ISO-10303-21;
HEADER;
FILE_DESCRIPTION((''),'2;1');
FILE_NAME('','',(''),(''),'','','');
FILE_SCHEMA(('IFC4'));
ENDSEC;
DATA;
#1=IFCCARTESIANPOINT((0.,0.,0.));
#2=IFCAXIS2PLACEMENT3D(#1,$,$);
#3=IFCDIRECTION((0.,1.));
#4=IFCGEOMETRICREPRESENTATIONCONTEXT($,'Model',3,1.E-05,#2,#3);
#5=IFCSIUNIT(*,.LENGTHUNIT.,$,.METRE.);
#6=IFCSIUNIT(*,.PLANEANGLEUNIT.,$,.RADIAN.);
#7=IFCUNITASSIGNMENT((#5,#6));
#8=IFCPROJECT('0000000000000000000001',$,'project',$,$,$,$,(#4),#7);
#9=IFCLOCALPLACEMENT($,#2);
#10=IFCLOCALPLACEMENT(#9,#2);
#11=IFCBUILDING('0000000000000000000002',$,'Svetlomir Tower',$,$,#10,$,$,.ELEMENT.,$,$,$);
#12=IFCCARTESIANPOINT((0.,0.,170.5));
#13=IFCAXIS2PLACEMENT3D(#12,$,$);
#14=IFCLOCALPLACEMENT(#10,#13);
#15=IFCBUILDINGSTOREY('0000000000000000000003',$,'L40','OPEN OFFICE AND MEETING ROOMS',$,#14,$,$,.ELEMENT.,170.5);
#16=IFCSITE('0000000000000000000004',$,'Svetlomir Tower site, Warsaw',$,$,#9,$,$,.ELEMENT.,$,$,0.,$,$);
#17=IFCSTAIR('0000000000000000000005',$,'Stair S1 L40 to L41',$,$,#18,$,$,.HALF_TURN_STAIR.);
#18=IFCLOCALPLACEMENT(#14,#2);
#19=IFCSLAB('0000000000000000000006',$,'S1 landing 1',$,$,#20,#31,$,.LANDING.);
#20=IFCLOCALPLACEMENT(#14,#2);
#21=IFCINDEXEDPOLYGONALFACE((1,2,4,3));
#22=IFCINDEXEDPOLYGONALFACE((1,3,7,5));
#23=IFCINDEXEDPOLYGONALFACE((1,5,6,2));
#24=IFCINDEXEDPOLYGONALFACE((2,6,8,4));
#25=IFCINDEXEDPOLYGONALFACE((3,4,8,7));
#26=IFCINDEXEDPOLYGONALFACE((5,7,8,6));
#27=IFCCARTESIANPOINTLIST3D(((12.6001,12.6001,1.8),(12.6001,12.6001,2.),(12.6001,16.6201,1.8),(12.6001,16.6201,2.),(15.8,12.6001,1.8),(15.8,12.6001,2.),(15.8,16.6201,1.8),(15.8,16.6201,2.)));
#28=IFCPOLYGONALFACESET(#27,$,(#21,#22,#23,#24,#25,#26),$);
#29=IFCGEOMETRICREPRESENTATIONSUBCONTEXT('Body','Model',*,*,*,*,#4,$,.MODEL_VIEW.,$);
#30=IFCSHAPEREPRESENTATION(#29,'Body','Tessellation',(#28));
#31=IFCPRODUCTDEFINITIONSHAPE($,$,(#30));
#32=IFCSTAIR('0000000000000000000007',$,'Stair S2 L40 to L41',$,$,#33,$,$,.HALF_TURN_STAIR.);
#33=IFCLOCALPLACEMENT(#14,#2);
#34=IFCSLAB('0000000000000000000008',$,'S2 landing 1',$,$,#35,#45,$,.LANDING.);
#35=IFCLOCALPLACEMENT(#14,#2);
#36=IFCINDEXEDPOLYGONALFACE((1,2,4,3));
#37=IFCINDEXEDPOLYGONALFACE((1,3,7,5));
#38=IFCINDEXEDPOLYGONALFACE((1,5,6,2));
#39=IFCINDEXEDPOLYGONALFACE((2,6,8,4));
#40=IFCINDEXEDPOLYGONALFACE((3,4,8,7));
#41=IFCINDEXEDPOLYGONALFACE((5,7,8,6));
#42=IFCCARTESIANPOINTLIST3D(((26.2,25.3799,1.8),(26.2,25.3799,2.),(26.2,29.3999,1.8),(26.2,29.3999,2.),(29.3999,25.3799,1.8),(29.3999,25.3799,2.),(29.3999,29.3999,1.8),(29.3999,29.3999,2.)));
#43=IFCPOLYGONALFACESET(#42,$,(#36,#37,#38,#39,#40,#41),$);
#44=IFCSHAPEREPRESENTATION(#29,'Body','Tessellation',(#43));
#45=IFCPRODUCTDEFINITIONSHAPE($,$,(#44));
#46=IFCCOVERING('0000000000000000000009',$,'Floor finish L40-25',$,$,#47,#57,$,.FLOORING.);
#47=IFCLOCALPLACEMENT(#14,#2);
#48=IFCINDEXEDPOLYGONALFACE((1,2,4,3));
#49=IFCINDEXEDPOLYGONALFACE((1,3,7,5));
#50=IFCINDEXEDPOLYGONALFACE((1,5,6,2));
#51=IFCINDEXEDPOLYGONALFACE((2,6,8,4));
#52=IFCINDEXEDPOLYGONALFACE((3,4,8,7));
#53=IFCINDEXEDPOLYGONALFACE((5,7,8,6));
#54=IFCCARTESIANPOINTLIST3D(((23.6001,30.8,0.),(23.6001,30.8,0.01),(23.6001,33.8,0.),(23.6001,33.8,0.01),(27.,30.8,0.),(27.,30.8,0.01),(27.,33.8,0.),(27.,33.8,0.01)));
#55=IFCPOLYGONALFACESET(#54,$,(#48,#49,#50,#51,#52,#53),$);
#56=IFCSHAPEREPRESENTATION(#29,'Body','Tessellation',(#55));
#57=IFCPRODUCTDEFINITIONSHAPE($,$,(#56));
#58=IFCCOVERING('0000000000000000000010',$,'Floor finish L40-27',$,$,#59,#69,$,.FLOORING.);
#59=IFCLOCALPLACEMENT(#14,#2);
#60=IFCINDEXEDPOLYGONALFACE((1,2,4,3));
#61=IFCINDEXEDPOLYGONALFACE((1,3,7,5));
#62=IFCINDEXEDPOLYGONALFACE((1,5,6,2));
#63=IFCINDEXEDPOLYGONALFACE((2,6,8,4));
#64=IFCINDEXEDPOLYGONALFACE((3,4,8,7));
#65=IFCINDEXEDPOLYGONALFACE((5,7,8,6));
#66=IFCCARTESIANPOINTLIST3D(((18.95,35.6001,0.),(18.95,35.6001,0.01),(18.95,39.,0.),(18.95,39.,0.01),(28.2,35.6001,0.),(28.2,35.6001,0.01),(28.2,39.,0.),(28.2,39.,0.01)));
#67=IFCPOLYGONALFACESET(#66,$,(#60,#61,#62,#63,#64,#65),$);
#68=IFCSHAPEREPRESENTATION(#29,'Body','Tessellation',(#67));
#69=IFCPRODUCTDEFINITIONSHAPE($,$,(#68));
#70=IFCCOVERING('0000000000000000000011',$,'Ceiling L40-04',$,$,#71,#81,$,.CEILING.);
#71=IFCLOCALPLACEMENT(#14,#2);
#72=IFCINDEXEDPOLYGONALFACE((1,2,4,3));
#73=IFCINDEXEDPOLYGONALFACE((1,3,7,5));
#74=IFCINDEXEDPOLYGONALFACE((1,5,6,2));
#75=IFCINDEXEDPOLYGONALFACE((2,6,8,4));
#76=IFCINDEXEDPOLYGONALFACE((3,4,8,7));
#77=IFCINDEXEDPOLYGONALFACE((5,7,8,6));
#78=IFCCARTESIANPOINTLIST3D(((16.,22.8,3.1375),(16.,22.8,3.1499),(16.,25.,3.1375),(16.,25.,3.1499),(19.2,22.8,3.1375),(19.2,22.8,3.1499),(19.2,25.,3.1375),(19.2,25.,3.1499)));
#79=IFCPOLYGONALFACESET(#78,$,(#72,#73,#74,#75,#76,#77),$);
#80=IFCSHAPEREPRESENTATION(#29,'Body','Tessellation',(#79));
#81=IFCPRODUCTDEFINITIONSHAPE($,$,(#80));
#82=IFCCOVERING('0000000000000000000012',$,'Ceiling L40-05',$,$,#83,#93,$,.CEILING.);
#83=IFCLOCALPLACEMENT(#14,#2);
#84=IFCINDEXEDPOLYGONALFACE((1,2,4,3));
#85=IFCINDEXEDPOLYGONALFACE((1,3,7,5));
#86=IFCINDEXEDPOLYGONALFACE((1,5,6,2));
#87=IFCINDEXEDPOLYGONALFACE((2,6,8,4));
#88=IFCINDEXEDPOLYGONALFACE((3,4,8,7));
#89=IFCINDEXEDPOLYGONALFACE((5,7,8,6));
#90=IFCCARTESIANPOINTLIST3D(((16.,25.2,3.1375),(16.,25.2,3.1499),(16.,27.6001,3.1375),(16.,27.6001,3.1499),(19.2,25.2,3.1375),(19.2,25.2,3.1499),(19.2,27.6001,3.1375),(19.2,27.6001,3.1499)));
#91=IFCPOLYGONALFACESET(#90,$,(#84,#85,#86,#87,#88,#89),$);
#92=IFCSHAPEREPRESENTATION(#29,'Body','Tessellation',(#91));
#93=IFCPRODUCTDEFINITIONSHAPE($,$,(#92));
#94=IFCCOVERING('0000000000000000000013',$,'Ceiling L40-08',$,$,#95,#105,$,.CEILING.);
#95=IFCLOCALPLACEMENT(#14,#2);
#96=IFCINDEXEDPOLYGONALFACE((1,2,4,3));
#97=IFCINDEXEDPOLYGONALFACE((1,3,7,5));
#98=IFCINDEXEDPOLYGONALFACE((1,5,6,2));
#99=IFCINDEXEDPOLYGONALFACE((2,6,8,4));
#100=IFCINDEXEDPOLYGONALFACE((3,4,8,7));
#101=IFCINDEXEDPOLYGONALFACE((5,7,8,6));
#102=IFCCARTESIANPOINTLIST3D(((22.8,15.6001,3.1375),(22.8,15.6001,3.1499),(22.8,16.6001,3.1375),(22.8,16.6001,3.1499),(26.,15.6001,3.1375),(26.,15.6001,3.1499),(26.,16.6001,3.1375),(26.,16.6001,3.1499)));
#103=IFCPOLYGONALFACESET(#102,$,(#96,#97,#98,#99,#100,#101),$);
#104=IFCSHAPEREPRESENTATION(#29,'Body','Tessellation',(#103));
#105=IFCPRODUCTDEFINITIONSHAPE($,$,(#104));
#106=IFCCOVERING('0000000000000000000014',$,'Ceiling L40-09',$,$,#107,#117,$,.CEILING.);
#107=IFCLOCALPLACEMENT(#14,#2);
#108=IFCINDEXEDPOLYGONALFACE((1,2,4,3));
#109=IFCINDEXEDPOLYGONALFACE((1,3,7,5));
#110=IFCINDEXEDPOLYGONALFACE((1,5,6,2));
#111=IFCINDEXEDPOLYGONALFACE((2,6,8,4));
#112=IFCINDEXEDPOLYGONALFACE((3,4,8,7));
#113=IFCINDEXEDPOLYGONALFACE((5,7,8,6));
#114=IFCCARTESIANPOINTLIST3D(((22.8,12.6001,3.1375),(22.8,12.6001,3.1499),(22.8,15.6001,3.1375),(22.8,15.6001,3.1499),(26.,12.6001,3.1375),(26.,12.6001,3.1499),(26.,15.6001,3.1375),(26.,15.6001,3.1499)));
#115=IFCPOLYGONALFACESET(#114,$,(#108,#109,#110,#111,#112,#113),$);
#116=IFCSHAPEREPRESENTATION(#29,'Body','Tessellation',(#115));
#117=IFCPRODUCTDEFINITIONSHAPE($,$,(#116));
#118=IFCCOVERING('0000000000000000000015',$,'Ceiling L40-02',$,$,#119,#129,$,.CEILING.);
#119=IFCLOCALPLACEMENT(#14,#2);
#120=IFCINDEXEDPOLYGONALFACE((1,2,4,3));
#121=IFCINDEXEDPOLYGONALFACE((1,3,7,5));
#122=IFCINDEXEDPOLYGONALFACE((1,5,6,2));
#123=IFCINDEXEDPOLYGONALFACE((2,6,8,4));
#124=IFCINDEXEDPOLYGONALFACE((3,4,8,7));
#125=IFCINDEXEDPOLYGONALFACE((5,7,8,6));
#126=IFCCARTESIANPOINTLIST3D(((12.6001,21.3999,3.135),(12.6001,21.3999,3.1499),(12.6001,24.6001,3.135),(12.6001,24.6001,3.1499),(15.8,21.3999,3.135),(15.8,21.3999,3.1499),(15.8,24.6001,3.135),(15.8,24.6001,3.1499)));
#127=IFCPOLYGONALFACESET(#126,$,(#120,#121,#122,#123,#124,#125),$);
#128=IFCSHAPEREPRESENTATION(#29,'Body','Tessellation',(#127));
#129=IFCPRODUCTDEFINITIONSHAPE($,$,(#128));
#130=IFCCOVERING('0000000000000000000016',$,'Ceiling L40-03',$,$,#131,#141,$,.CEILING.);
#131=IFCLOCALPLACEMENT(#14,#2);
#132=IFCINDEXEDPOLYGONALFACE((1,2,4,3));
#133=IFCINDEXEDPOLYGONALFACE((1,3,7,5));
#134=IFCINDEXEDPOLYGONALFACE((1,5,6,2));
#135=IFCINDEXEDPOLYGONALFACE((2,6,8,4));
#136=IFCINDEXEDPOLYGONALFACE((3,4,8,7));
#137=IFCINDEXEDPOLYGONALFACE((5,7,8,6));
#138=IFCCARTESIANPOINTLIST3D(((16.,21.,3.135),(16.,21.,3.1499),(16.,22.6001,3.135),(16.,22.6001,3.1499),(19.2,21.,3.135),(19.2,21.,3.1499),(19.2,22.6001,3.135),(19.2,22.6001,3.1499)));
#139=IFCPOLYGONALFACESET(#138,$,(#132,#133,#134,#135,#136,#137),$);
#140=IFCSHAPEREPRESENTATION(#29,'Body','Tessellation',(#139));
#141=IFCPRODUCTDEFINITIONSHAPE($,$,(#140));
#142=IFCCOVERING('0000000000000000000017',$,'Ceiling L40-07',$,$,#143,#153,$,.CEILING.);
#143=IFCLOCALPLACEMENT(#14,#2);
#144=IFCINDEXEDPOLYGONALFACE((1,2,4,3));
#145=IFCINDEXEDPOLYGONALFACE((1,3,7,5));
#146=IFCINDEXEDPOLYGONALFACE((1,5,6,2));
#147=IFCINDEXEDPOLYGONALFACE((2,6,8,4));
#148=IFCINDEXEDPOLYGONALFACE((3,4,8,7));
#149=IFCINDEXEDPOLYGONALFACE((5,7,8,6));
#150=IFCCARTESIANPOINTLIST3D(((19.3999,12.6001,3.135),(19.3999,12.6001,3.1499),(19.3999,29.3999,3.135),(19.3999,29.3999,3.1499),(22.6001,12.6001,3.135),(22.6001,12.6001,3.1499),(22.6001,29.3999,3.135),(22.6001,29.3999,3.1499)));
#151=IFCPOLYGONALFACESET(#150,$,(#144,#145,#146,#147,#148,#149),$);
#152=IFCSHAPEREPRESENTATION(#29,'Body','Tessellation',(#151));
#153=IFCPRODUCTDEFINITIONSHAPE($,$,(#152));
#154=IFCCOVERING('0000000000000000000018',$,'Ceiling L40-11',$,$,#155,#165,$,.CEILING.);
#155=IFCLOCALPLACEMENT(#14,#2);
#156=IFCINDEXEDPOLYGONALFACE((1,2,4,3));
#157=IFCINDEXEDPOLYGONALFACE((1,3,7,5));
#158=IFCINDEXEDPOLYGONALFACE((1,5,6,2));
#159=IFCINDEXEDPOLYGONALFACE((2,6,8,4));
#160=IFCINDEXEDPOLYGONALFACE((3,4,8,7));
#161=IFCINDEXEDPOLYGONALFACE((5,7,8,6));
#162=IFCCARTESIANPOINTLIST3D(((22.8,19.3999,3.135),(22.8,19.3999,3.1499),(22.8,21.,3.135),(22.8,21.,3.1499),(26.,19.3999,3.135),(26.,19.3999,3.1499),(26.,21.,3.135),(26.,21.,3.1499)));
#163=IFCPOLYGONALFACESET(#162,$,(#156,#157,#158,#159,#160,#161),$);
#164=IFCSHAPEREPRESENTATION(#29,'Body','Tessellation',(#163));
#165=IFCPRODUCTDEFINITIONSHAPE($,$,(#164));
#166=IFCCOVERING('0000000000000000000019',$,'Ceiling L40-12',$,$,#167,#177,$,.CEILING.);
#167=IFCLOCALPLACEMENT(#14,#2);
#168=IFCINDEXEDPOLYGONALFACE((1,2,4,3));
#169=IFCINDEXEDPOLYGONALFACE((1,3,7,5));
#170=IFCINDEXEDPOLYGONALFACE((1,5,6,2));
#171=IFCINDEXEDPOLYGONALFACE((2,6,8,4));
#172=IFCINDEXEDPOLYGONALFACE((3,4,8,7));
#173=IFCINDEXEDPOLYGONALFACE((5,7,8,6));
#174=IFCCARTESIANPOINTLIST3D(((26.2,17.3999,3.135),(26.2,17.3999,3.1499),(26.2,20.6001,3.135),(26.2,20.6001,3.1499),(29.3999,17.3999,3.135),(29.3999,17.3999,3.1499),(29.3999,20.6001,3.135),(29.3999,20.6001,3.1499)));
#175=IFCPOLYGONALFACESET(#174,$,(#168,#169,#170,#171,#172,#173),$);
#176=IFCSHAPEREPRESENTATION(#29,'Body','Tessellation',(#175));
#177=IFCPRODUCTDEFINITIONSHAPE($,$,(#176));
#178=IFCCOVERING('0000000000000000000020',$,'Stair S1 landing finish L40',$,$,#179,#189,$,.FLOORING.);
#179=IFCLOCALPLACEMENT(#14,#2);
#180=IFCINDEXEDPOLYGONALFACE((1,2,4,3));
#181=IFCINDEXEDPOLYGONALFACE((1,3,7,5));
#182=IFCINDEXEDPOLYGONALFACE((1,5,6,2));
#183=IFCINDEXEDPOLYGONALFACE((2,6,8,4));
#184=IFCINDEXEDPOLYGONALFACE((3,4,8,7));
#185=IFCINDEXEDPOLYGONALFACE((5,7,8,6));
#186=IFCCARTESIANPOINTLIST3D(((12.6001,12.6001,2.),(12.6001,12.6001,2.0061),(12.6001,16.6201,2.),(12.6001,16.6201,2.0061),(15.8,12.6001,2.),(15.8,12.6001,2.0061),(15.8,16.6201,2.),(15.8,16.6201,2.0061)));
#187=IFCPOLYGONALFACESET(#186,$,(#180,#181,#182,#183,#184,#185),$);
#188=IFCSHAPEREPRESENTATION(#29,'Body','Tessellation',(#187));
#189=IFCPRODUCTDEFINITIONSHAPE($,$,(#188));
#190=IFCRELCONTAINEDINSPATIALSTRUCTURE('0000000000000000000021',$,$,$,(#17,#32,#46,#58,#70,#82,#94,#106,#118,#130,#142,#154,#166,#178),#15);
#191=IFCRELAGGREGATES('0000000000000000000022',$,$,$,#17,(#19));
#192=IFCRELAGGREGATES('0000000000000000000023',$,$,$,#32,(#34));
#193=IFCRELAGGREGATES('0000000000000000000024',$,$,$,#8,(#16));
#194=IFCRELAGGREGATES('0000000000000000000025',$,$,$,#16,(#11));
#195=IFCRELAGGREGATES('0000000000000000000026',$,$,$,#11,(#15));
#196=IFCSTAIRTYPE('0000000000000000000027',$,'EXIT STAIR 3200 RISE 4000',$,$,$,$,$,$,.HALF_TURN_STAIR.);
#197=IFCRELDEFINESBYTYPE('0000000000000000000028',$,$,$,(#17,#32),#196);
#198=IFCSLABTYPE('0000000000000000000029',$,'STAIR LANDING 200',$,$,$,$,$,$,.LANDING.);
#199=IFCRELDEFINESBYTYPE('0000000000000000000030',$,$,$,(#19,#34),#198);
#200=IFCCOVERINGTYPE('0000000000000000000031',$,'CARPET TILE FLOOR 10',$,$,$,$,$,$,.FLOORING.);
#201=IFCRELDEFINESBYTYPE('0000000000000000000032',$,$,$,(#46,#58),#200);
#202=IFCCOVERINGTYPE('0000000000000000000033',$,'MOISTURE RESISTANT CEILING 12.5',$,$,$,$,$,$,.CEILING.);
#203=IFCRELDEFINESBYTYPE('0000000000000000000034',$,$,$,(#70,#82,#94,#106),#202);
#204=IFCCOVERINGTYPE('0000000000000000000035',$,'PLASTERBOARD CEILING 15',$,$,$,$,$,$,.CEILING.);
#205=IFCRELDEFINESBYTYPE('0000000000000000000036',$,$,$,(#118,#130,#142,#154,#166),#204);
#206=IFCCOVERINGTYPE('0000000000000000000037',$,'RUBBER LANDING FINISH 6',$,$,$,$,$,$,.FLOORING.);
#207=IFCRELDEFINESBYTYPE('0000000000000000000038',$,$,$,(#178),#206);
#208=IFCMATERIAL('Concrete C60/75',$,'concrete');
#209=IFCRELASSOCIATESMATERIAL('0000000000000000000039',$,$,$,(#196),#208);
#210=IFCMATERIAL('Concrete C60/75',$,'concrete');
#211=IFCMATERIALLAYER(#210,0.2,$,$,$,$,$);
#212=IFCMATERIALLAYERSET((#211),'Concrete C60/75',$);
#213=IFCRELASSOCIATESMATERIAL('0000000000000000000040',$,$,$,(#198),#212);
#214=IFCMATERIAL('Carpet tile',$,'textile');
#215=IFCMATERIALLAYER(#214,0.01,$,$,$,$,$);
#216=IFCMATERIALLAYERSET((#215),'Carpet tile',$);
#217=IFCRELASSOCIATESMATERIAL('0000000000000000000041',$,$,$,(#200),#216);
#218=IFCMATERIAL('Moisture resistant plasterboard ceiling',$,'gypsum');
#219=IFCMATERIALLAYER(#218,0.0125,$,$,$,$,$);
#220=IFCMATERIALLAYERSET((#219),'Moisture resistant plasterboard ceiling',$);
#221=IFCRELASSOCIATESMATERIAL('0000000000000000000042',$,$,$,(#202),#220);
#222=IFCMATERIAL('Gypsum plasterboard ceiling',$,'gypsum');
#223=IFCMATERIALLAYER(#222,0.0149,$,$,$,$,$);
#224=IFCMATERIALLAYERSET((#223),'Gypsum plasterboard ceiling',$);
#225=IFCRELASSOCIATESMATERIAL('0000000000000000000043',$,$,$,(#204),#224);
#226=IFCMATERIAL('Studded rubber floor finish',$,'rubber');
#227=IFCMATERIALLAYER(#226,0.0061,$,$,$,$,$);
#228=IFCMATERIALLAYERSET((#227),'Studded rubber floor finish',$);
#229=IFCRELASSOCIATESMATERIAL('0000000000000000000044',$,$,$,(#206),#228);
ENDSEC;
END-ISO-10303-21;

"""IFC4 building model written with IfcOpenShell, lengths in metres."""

from ifc_helpers import new_model, si_unit, direction, frame, origin, place, context, subcontext, project, spatial, polyline, outline, extrude, material, layer, layer_set, type_object, element, aggregate, save


model = new_model("IFC4")

# Units and contexts
model_context = context("Model", 3, precision=1e-05, world=origin(), true_north=direction((0.0, 1.0)))
body_context = subcontext(model_context, "Body", "Model", "MODEL_VIEW")
ifc_project = project(units=[si_unit("LENGTHUNIT", "METRE"), si_unit("PLANEANGLEUNIT", "RADIAN")], contexts=[model_context])

# Site, building, storey
site_placement = place(None, origin())
site = spatial("IfcSite", under=ifc_project, at=site_placement, Name="Svetlomir Tower site, Warsaw", CompositionType="ELEMENT", RefElevation=0.0)
building_placement = place(site_placement, origin())
building = spatial("IfcBuilding", under=site, at=building_placement, Name="Svetlomir Tower", CompositionType="ELEMENT")
storey_placement = place(building_placement, frame((0.0, 0.0, 170.5)))
storey = spatial("IfcBuildingStorey", under=building, at=storey_placement, Name="L40", Description="OPEN OFFICE AND MEETING ROOMS", CompositionType="ELEMENT", Elevation=170.5)

# Stairs, slabs
ifc_material_1 = material(Name="Concrete C60/75", Category="concrete")
stair_type = type_object("IfcStairType", Name="EXIT STAIR 3200 RISE 4000", PredefinedType="HALF_TURN_STAIR", material=ifc_material_1)
stair_1_placement = place(storey_placement, origin())
stair_1 = element("IfcStair", 1, at=stair_1_placement, inside=storey, type_object=stair_type, Name="Stair S1 L40 to L41", PredefinedType="HALF_TURN_STAIR")
ifc_material_2 = material(Name="Concrete C60/75", Category="concrete")
ifc_layer_1 = layer(ifc_material_2, 0.2)
ifc_layer_set_1 = layer_set([ifc_layer_1], Name="Concrete C60/75")
slab_type = type_object("IfcSlabType", Name="STAIR LANDING 200", PredefinedType="LANDING", material=ifc_layer_set_1)
slab_1_placement = place(storey_placement, frame((0.0, 0.0, 1.8)))
slab_1 = element("IfcSlab", 2, at=slab_1_placement, type_object=slab_type, Name="S1 landing 1", PredefinedType="LANDING", context=body_context, shape_type="SweptSolid", body=[
    extrude(outline(polyline([(12.6001, 12.6001), (15.8, 12.6001), (15.8, 16.6201), (12.6001, 16.6201), (12.6001, 12.6001)])), origin(), (0.0, 0.0, 1.0), 0.2),
])
aggregate(stair_1, [slab_1])
stair_2_placement = place(storey_placement, origin())
stair_2 = element("IfcStair", 3, at=stair_2_placement, inside=storey, type_object=stair_type, Name="Stair S2 L40 to L41", PredefinedType="HALF_TURN_STAIR")
slab_2_placement = place(storey_placement, frame((0.0, 0.0, 1.8)))
slab_2 = element("IfcSlab", 4, at=slab_2_placement, type_object=slab_type, Name="S2 landing 1", PredefinedType="LANDING", context=body_context, shape_type="SweptSolid", body=[
    extrude(outline(polyline([(26.2, 25.3799), (29.3999, 25.3799), (29.3999, 29.3999), (26.2, 29.3999), (26.2, 25.3799)])), origin(), (0.0, 0.0, 1.0), 0.2),
])
aggregate(stair_2, [slab_2])

# Coverings
ifc_material_3 = material(Name="Carpet tile", Category="textile")
ifc_layer_2 = layer(ifc_material_3, 0.01)
ifc_layer_set_2 = layer_set([ifc_layer_2], Name="Carpet tile")
covering_type_1 = type_object("IfcCoveringType", Name="CARPET TILE FLOOR 10", PredefinedType="FLOORING", material=ifc_layer_set_2)
covering_1_placement = place(storey_placement, origin())
element("IfcCovering", 5, at=covering_1_placement, inside=storey, type_object=covering_type_1, Name="Floor finish L40-25", PredefinedType="FLOORING", context=body_context, shape_type="SweptSolid", body=[
    extrude(outline(polyline([(23.6001, 30.8), (27.0, 30.8), (27.0, 33.8), (23.6001, 33.8), (23.6001, 30.8)])), origin(), (0.0, 0.0, 1.0), 0.01),
])
covering_2_placement = place(storey_placement, origin())
element("IfcCovering", 6, at=covering_2_placement, inside=storey, type_object=covering_type_1, Name="Floor finish L40-27", PredefinedType="FLOORING", context=body_context, shape_type="SweptSolid", body=[
    extrude(outline(polyline([(18.95, 35.6001), (28.2, 35.6001), (28.2, 39.0), (18.95, 39.0), (18.95, 35.6001)])), origin(), (0.0, 0.0, 1.0), 0.01),
])
ifc_material_4 = material(Name="Moisture resistant plasterboard ceiling", Category="gypsum")
ifc_layer_3 = layer(ifc_material_4, 0.0125)
ifc_layer_set_3 = layer_set([ifc_layer_3], Name="Moisture resistant plasterboard ceiling")
covering_type_2 = type_object("IfcCoveringType", Name="MOISTURE RESISTANT CEILING 12.5", PredefinedType="CEILING", material=ifc_layer_set_3)
covering_3_placement = place(storey_placement, frame((0.0, 0.0, 3.1375)))
element("IfcCovering", 7, at=covering_3_placement, inside=storey, type_object=covering_type_2, Name="Ceiling L40-04", PredefinedType="CEILING", context=body_context, shape_type="SweptSolid", body=[
    extrude(outline(polyline([(16.0, 22.8), (19.2, 22.8), (19.2, 25.0), (16.0, 25.0), (16.0, 22.8)])), origin(), (0.0, 0.0, 1.0), 0.0125),
])
covering_4_placement = place(storey_placement, frame((0.0, 0.0, 3.1375)))
element("IfcCovering", 8, at=covering_4_placement, inside=storey, type_object=covering_type_2, Name="Ceiling L40-05", PredefinedType="CEILING", context=body_context, shape_type="SweptSolid", body=[
    extrude(outline(polyline([(16.0, 25.2), (19.2, 25.2), (19.2, 27.6001), (16.0, 27.6001), (16.0, 25.2)])), origin(), (0.0, 0.0, 1.0), 0.0125),
])
covering_5_placement = place(storey_placement, frame((0.0, 0.0, 3.1375)))
element("IfcCovering", 9, at=covering_5_placement, inside=storey, type_object=covering_type_2, Name="Ceiling L40-08", PredefinedType="CEILING", context=body_context, shape_type="SweptSolid", body=[
    extrude(outline(polyline([(22.8, 15.6001), (26.0, 15.6001), (26.0, 16.6001), (22.8, 16.6001), (22.8, 15.6001)])), origin(), (0.0, 0.0, 1.0), 0.0125),
])
covering_6_placement = place(storey_placement, frame((0.0, 0.0, 3.1375)))
element("IfcCovering", 10, at=covering_6_placement, inside=storey, type_object=covering_type_2, Name="Ceiling L40-09", PredefinedType="CEILING", context=body_context, shape_type="SweptSolid", body=[
    extrude(outline(polyline([(22.8, 12.6001), (26.0, 12.6001), (26.0, 15.6001), (22.8, 15.6001), (22.8, 12.6001)])), origin(), (0.0, 0.0, 1.0), 0.0125),
])
ifc_material_5 = material(Name="Gypsum plasterboard ceiling", Category="gypsum")
ifc_layer_4 = layer(ifc_material_5, 0.0149)
ifc_layer_set_4 = layer_set([ifc_layer_4], Name="Gypsum plasterboard ceiling")
covering_type_3 = type_object("IfcCoveringType", Name="PLASTERBOARD CEILING 15", PredefinedType="CEILING", material=ifc_layer_set_4)
covering_7_placement = place(storey_placement, frame((0.0, 0.0, 3.135)))
element("IfcCovering", 11, at=covering_7_placement, inside=storey, type_object=covering_type_3, Name="Ceiling L40-02", PredefinedType="CEILING", context=body_context, shape_type="SweptSolid", body=[
    extrude(outline(polyline([(12.6001, 21.3999), (15.8, 21.3999), (15.8, 24.6001), (12.6001, 24.6001), (12.6001, 21.3999)])), origin(), (0.0, 0.0, 1.0), 0.0149),
])
covering_8_placement = place(storey_placement, frame((0.0, 0.0, 3.135)))
element("IfcCovering", 12, at=covering_8_placement, inside=storey, type_object=covering_type_3, Name="Ceiling L40-03", PredefinedType="CEILING", context=body_context, shape_type="SweptSolid", body=[
    extrude(outline(polyline([(16.0, 21.0), (19.2, 21.0), (19.2, 22.6001), (16.0, 22.6001), (16.0, 21.0)])), origin(), (0.0, 0.0, 1.0), 0.0149),
])
covering_9_placement = place(storey_placement, frame((0.0, 0.0, 3.135)))
element("IfcCovering", 13, at=covering_9_placement, inside=storey, type_object=covering_type_3, Name="Ceiling L40-07", PredefinedType="CEILING", context=body_context, shape_type="SweptSolid", body=[
    extrude(outline(polyline([(19.3999, 12.6001), (22.6001, 12.6001), (22.6001, 29.3999), (19.3999, 29.3999), (19.3999, 12.6001)])), origin(), (0.0, 0.0, 1.0), 0.0149),
])
covering_10_placement = place(storey_placement, frame((0.0, 0.0, 3.135)))
element("IfcCovering", 14, at=covering_10_placement, inside=storey, type_object=covering_type_3, Name="Ceiling L40-11", PredefinedType="CEILING", context=body_context, shape_type="SweptSolid", body=[
    extrude(outline(polyline([(22.8, 19.3999), (26.0, 19.3999), (26.0, 21.0), (22.8, 21.0), (22.8, 19.3999)])), origin(), (0.0, 0.0, 1.0), 0.0149),
])
covering_11_placement = place(storey_placement, frame((0.0, 0.0, 3.135)))
element("IfcCovering", 15, at=covering_11_placement, inside=storey, type_object=covering_type_3, Name="Ceiling L40-12", PredefinedType="CEILING", context=body_context, shape_type="SweptSolid", body=[
    extrude(outline(polyline([(26.2, 17.3999), (29.3999, 17.3999), (29.3999, 20.6001), (26.2, 20.6001), (26.2, 17.3999)])), origin(), (0.0, 0.0, 1.0), 0.0149),
])
ifc_material_6 = material(Name="Studded rubber floor finish", Category="rubber")
ifc_layer_5 = layer(ifc_material_6, 0.0061)
ifc_layer_set_5 = layer_set([ifc_layer_5], Name="Studded rubber floor finish")
covering_type_4 = type_object("IfcCoveringType", Name="RUBBER LANDING FINISH 6", PredefinedType="FLOORING", material=ifc_layer_set_5)
covering_12_placement = place(storey_placement, frame((0.0, 0.0, 2.0)))
element("IfcCovering", 16, at=covering_12_placement, inside=storey, type_object=covering_type_4, Name="Stair S1 landing finish L40", PredefinedType="FLOORING", context=body_context, shape_type="SweptSolid", body=[
    extrude(outline(polyline([(12.6001, 12.6001), (15.8, 12.6001), (15.8, 16.6201), (12.6001, 16.6201), (12.6001, 12.6001)])), origin(), (0.0, 0.0, 1.0), 0.0061),
])

save(model, "model.ifc")
